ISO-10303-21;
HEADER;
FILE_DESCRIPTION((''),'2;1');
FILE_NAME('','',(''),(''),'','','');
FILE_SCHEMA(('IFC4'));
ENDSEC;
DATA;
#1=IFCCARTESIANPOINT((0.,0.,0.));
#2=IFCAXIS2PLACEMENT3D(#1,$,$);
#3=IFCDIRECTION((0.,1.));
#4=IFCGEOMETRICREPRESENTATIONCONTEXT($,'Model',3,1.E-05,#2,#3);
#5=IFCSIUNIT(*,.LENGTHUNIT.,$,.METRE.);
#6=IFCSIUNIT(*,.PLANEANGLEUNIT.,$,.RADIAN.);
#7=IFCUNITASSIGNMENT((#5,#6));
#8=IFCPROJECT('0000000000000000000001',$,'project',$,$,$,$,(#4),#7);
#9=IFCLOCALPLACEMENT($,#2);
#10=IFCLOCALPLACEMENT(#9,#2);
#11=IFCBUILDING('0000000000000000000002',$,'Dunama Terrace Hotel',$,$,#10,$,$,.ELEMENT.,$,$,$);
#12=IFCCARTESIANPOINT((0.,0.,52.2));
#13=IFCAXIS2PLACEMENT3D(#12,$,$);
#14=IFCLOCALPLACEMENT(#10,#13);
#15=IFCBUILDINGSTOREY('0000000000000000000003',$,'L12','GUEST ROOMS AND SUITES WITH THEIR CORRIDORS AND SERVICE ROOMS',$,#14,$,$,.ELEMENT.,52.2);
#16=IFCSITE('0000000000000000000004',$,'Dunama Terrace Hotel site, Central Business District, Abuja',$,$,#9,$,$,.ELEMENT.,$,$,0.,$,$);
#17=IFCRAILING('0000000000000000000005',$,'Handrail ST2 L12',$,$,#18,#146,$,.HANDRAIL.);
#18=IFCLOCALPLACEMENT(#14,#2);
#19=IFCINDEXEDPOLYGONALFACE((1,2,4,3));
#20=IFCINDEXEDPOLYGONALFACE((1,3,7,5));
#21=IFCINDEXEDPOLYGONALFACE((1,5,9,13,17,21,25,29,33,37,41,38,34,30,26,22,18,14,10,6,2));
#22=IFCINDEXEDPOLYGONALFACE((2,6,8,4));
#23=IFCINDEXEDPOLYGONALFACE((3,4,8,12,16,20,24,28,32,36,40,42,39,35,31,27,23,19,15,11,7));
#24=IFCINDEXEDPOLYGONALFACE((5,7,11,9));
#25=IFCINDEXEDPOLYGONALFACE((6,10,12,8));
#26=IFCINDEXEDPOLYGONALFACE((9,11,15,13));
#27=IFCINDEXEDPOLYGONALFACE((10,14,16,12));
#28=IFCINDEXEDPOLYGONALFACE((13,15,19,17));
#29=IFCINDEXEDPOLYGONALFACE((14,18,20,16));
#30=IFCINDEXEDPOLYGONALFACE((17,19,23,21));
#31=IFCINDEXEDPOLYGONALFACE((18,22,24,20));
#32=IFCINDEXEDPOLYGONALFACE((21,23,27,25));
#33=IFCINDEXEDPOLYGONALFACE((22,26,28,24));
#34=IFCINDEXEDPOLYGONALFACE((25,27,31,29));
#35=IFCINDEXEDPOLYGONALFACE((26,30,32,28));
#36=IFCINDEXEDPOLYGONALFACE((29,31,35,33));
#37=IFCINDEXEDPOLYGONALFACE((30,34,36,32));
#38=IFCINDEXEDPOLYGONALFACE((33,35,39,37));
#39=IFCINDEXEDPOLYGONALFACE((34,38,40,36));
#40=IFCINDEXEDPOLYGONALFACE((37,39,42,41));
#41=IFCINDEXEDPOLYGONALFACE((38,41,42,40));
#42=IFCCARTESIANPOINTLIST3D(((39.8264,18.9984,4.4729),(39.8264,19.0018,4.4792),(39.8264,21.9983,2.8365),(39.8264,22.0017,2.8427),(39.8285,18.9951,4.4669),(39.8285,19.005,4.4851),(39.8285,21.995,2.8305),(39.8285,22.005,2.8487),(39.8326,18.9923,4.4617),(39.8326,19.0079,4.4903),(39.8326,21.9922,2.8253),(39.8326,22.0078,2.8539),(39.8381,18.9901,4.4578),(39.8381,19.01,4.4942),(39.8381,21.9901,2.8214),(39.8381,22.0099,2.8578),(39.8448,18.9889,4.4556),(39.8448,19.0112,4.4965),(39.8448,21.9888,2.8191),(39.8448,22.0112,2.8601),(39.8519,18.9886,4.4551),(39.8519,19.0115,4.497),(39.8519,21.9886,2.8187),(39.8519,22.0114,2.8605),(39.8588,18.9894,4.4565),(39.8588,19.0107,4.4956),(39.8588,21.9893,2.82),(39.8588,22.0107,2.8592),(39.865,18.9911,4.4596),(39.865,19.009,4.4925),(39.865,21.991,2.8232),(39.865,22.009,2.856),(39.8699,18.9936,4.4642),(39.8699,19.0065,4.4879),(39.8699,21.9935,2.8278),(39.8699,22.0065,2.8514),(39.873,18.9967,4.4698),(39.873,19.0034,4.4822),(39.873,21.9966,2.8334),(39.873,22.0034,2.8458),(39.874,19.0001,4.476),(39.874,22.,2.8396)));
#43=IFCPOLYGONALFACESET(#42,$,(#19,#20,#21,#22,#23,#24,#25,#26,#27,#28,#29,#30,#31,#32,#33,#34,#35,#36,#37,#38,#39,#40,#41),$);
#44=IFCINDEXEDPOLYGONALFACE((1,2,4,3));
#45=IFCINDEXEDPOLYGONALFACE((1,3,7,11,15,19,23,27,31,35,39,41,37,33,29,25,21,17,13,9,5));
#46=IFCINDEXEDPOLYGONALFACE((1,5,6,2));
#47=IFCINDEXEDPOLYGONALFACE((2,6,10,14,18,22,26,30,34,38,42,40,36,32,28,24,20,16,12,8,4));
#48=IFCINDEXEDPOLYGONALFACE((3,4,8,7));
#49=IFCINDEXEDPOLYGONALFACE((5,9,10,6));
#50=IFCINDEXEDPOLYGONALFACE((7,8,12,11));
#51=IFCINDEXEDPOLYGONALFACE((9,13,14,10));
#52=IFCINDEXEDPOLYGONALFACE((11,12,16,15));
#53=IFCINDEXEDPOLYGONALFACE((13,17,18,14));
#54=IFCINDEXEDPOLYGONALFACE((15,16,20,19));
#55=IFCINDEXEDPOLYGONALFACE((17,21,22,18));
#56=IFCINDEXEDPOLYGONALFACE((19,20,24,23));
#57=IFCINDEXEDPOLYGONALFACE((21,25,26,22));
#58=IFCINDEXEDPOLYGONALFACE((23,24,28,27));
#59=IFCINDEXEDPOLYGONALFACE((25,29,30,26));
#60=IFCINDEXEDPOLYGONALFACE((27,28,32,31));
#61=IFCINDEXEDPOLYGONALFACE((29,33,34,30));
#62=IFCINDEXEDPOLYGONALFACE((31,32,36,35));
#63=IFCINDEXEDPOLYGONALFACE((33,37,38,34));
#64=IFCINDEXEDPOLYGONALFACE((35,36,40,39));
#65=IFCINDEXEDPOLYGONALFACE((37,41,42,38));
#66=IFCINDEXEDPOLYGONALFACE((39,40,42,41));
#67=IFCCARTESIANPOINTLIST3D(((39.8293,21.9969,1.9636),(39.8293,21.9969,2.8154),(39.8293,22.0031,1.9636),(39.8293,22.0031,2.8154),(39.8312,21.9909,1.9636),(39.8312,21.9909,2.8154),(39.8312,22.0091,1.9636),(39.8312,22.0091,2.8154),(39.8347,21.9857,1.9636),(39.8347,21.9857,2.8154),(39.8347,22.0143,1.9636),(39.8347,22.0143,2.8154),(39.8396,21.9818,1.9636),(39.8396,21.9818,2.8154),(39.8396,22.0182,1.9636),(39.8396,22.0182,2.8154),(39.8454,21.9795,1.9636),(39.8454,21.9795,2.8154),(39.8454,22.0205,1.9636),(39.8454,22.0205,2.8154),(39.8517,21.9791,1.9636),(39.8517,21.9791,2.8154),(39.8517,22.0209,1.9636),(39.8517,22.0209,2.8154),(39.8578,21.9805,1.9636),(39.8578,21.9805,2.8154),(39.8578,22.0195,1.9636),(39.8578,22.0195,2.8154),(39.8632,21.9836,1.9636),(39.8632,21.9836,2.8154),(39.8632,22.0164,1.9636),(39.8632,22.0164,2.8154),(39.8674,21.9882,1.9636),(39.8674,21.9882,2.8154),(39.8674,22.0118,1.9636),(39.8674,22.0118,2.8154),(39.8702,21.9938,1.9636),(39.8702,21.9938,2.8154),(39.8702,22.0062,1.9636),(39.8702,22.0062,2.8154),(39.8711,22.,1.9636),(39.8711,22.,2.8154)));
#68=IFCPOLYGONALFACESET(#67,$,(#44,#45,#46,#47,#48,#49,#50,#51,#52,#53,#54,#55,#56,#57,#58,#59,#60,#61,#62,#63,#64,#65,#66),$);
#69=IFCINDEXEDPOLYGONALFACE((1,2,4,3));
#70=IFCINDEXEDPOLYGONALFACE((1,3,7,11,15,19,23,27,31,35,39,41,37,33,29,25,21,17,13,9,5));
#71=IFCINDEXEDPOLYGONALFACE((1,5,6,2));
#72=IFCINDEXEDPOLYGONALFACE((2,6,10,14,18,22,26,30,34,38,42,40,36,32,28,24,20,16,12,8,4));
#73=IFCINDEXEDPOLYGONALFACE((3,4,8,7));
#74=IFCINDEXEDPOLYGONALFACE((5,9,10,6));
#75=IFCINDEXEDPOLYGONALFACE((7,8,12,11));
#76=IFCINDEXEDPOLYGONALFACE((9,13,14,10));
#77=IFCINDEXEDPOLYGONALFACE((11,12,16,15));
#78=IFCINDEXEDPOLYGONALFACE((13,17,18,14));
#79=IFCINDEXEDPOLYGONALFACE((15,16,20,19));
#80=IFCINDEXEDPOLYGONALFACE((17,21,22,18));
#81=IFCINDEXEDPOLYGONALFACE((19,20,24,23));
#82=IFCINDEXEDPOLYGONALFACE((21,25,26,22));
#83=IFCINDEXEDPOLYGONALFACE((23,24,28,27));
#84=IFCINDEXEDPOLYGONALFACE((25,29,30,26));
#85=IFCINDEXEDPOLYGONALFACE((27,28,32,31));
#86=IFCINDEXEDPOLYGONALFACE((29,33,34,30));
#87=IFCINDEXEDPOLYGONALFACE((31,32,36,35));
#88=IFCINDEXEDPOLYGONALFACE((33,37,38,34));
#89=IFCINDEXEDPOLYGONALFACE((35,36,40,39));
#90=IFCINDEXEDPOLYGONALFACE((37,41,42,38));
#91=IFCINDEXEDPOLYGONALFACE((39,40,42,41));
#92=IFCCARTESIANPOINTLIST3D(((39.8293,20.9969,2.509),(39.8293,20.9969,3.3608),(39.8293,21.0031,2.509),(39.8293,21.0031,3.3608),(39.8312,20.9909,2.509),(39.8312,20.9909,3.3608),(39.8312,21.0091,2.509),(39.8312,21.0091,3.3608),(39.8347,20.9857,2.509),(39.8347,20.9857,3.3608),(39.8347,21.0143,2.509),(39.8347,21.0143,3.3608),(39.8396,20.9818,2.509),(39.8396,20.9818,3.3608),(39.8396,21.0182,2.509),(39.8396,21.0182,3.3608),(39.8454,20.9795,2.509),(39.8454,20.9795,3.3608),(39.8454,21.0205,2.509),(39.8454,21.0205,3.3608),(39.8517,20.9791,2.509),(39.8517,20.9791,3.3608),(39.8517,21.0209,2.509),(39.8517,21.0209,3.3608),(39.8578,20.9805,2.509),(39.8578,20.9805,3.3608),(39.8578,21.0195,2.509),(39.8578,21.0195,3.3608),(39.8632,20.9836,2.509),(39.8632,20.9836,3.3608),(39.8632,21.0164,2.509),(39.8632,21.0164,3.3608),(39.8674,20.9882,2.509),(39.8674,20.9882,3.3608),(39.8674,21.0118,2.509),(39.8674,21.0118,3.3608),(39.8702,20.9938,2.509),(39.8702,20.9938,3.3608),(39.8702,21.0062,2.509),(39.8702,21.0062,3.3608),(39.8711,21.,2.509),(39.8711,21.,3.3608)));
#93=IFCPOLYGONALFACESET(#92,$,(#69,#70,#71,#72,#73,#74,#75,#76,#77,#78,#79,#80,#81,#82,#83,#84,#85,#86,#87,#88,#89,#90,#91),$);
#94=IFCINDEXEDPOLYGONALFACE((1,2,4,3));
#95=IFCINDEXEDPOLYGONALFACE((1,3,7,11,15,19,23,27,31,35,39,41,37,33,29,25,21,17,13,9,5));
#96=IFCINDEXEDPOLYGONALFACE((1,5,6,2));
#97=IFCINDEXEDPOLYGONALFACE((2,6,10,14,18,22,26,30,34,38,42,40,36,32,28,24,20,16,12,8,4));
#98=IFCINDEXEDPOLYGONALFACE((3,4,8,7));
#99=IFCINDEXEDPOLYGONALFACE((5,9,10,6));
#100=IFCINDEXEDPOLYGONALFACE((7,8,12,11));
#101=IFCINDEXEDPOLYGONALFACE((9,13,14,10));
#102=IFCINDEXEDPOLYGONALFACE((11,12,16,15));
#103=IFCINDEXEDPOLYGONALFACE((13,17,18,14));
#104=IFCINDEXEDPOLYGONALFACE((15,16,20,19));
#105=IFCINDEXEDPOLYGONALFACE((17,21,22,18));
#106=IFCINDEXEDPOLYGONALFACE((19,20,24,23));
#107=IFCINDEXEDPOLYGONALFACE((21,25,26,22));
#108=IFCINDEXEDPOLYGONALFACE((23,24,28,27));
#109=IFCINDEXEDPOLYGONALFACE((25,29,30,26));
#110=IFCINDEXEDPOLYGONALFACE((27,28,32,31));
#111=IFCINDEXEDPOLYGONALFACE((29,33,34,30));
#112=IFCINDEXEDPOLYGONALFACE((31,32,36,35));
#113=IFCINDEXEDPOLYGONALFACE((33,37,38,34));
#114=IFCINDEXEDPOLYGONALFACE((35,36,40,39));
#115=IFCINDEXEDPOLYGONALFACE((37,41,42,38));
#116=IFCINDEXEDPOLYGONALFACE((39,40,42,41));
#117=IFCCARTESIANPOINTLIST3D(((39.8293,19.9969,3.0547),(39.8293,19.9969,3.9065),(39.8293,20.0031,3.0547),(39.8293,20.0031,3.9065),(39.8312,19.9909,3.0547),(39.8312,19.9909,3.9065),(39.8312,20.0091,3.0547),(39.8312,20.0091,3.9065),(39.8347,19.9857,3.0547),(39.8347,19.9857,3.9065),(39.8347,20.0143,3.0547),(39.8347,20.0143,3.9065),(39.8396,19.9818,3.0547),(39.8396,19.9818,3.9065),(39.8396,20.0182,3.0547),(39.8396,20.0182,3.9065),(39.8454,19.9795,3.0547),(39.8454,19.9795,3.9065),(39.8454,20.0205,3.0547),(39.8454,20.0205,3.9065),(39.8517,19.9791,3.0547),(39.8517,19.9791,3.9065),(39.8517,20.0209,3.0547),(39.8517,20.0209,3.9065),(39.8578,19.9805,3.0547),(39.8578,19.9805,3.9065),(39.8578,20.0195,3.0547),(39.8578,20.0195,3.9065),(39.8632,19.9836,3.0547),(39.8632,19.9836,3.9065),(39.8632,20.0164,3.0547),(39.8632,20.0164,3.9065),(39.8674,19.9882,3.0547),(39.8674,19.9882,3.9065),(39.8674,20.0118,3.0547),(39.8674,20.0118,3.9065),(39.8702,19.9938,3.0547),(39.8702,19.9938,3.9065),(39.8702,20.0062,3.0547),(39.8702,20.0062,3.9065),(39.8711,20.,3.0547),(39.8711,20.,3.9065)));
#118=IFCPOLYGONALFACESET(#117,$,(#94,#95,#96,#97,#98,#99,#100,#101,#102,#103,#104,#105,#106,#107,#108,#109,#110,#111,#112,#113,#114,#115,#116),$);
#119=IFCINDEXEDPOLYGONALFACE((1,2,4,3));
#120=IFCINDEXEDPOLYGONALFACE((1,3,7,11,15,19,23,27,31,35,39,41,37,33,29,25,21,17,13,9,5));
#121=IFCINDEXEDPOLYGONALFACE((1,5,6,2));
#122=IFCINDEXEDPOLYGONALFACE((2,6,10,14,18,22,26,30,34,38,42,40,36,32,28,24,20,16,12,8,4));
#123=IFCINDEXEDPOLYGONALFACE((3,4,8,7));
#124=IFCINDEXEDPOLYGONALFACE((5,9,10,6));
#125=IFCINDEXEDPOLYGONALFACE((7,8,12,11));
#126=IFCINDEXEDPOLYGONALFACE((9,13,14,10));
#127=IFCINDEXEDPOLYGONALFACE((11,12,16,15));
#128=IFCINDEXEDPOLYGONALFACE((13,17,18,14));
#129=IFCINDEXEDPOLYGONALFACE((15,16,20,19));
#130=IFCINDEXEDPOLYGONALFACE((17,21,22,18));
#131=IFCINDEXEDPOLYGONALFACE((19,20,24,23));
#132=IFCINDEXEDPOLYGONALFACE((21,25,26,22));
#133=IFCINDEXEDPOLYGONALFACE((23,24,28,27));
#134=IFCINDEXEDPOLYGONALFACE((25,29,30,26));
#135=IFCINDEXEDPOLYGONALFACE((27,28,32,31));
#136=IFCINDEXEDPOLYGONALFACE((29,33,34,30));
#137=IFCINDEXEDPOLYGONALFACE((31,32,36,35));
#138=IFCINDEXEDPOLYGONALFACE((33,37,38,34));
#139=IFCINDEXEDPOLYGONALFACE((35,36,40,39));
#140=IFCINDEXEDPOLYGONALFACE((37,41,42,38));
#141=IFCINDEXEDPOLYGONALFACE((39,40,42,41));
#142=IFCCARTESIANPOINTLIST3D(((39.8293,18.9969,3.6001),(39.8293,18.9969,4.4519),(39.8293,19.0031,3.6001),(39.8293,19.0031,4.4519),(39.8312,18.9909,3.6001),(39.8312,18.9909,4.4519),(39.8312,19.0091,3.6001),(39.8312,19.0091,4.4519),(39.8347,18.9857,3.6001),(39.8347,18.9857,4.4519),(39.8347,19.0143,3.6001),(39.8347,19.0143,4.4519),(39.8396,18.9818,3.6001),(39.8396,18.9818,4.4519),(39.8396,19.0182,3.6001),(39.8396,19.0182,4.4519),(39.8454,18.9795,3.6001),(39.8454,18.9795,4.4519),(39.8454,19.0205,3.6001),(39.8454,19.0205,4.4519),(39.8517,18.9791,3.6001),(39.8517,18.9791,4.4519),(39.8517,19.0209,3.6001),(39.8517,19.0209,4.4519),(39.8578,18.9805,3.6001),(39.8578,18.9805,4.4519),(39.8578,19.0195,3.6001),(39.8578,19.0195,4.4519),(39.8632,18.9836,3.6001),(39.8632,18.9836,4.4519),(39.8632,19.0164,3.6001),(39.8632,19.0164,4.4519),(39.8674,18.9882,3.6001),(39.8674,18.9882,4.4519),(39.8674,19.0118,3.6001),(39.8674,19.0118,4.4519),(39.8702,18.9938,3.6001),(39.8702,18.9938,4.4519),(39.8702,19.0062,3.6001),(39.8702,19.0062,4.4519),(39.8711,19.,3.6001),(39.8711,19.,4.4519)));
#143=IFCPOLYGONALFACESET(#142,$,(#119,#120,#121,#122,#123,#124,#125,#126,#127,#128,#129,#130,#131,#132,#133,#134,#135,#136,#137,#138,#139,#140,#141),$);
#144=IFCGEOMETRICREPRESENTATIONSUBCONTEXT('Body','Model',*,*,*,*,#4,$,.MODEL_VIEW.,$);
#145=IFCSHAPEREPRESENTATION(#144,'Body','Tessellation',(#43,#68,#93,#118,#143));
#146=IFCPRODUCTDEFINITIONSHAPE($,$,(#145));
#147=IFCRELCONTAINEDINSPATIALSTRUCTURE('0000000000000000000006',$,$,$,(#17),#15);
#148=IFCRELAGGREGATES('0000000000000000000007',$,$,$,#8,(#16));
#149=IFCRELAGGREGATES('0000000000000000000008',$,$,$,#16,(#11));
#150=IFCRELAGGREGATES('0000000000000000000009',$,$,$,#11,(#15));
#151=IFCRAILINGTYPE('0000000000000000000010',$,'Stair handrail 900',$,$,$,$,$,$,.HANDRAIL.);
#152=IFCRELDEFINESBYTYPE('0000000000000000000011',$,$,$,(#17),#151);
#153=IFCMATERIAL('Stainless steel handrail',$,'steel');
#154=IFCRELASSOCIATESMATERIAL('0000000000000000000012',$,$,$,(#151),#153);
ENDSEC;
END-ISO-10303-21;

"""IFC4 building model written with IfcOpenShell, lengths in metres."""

from ifc_helpers import new_model, si_unit, direction, frame, origin, origin_2d, place, context, subcontext, project, spatial, circle, extrude, material, type_object, element, save


model = new_model("IFC4")

# Units and contexts
model_context = context("Model", 3, precision=1e-05, world=origin(), true_north=direction((0.0, 1.0)))
body_context = subcontext(model_context, "Body", "Model", "MODEL_VIEW")
ifc_project = project(units=[si_unit("LENGTHUNIT", "METRE"), si_unit("PLANEANGLEUNIT", "RADIAN")], contexts=[model_context])

# Site, building, storey
site_placement = place(None, origin())
site = spatial("IfcSite", under=ifc_project, at=site_placement, Name="Dunama Terrace Hotel site, Central Business District, Abuja", CompositionType="ELEMENT", RefElevation=0.0)
building_placement = place(site_placement, origin())
building = spatial("IfcBuilding", under=site, at=building_placement, Name="Dunama Terrace Hotel", CompositionType="ELEMENT")
storey_placement = place(building_placement, frame((0.0, 0.0, 52.2)))
storey = spatial("IfcBuildingStorey", under=building, at=storey_placement, Name="L12", Description="GUEST ROOMS AND SUITES WITH THEIR CORRIDORS AND SERVICE ROOMS", CompositionType="ELEMENT", Elevation=52.2)

# Railing
ifc_material_1 = material(Name="Stainless steel handrail", Category="steel")
railing_type = type_object("IfcRailingType", Name="Stair handrail 900", PredefinedType="HANDRAIL", material=ifc_material_1)
railing_1_placement = place(storey_placement, frame((39.8501, 22.0, 1.9636)))
element("IfcRailing", 1, at=railing_1_placement, inside=storey, type_object=railing_type, Name="Handrail ST2 L12", PredefinedType="HANDRAIL", context=body_context, shape_type="SweptSolid", body=[
    extrude(circle(Radius=0.0239, at=origin_2d()), frame((0.0, 0.0, 0.876), z_axis=(0.0, -0.877882, 0.478877), x_axis=(1.0, 0.0, 0.0)), (0.0, 0.0, 1.0), 3.4172),
    extrude(circle(Radius=0.021, at=origin_2d()), origin(), (0.0, 0.0, 1.0), 0.8518),
    extrude(circle(Radius=0.021, at=origin_2d()), frame((0.0, -1.0, 0.5454)), (0.0, 0.0, 1.0), 0.8518),
    extrude(circle(Radius=0.021, at=origin_2d()), frame((0.0, -2.0, 1.0911)), (0.0, 0.0, 1.0), 0.8518),
    extrude(circle(Radius=0.021, at=origin_2d()), frame((0.0, -3.0, 1.6365)), (0.0, 0.0, 1.0), 0.8518),
])

save(model, "model.ifc")
